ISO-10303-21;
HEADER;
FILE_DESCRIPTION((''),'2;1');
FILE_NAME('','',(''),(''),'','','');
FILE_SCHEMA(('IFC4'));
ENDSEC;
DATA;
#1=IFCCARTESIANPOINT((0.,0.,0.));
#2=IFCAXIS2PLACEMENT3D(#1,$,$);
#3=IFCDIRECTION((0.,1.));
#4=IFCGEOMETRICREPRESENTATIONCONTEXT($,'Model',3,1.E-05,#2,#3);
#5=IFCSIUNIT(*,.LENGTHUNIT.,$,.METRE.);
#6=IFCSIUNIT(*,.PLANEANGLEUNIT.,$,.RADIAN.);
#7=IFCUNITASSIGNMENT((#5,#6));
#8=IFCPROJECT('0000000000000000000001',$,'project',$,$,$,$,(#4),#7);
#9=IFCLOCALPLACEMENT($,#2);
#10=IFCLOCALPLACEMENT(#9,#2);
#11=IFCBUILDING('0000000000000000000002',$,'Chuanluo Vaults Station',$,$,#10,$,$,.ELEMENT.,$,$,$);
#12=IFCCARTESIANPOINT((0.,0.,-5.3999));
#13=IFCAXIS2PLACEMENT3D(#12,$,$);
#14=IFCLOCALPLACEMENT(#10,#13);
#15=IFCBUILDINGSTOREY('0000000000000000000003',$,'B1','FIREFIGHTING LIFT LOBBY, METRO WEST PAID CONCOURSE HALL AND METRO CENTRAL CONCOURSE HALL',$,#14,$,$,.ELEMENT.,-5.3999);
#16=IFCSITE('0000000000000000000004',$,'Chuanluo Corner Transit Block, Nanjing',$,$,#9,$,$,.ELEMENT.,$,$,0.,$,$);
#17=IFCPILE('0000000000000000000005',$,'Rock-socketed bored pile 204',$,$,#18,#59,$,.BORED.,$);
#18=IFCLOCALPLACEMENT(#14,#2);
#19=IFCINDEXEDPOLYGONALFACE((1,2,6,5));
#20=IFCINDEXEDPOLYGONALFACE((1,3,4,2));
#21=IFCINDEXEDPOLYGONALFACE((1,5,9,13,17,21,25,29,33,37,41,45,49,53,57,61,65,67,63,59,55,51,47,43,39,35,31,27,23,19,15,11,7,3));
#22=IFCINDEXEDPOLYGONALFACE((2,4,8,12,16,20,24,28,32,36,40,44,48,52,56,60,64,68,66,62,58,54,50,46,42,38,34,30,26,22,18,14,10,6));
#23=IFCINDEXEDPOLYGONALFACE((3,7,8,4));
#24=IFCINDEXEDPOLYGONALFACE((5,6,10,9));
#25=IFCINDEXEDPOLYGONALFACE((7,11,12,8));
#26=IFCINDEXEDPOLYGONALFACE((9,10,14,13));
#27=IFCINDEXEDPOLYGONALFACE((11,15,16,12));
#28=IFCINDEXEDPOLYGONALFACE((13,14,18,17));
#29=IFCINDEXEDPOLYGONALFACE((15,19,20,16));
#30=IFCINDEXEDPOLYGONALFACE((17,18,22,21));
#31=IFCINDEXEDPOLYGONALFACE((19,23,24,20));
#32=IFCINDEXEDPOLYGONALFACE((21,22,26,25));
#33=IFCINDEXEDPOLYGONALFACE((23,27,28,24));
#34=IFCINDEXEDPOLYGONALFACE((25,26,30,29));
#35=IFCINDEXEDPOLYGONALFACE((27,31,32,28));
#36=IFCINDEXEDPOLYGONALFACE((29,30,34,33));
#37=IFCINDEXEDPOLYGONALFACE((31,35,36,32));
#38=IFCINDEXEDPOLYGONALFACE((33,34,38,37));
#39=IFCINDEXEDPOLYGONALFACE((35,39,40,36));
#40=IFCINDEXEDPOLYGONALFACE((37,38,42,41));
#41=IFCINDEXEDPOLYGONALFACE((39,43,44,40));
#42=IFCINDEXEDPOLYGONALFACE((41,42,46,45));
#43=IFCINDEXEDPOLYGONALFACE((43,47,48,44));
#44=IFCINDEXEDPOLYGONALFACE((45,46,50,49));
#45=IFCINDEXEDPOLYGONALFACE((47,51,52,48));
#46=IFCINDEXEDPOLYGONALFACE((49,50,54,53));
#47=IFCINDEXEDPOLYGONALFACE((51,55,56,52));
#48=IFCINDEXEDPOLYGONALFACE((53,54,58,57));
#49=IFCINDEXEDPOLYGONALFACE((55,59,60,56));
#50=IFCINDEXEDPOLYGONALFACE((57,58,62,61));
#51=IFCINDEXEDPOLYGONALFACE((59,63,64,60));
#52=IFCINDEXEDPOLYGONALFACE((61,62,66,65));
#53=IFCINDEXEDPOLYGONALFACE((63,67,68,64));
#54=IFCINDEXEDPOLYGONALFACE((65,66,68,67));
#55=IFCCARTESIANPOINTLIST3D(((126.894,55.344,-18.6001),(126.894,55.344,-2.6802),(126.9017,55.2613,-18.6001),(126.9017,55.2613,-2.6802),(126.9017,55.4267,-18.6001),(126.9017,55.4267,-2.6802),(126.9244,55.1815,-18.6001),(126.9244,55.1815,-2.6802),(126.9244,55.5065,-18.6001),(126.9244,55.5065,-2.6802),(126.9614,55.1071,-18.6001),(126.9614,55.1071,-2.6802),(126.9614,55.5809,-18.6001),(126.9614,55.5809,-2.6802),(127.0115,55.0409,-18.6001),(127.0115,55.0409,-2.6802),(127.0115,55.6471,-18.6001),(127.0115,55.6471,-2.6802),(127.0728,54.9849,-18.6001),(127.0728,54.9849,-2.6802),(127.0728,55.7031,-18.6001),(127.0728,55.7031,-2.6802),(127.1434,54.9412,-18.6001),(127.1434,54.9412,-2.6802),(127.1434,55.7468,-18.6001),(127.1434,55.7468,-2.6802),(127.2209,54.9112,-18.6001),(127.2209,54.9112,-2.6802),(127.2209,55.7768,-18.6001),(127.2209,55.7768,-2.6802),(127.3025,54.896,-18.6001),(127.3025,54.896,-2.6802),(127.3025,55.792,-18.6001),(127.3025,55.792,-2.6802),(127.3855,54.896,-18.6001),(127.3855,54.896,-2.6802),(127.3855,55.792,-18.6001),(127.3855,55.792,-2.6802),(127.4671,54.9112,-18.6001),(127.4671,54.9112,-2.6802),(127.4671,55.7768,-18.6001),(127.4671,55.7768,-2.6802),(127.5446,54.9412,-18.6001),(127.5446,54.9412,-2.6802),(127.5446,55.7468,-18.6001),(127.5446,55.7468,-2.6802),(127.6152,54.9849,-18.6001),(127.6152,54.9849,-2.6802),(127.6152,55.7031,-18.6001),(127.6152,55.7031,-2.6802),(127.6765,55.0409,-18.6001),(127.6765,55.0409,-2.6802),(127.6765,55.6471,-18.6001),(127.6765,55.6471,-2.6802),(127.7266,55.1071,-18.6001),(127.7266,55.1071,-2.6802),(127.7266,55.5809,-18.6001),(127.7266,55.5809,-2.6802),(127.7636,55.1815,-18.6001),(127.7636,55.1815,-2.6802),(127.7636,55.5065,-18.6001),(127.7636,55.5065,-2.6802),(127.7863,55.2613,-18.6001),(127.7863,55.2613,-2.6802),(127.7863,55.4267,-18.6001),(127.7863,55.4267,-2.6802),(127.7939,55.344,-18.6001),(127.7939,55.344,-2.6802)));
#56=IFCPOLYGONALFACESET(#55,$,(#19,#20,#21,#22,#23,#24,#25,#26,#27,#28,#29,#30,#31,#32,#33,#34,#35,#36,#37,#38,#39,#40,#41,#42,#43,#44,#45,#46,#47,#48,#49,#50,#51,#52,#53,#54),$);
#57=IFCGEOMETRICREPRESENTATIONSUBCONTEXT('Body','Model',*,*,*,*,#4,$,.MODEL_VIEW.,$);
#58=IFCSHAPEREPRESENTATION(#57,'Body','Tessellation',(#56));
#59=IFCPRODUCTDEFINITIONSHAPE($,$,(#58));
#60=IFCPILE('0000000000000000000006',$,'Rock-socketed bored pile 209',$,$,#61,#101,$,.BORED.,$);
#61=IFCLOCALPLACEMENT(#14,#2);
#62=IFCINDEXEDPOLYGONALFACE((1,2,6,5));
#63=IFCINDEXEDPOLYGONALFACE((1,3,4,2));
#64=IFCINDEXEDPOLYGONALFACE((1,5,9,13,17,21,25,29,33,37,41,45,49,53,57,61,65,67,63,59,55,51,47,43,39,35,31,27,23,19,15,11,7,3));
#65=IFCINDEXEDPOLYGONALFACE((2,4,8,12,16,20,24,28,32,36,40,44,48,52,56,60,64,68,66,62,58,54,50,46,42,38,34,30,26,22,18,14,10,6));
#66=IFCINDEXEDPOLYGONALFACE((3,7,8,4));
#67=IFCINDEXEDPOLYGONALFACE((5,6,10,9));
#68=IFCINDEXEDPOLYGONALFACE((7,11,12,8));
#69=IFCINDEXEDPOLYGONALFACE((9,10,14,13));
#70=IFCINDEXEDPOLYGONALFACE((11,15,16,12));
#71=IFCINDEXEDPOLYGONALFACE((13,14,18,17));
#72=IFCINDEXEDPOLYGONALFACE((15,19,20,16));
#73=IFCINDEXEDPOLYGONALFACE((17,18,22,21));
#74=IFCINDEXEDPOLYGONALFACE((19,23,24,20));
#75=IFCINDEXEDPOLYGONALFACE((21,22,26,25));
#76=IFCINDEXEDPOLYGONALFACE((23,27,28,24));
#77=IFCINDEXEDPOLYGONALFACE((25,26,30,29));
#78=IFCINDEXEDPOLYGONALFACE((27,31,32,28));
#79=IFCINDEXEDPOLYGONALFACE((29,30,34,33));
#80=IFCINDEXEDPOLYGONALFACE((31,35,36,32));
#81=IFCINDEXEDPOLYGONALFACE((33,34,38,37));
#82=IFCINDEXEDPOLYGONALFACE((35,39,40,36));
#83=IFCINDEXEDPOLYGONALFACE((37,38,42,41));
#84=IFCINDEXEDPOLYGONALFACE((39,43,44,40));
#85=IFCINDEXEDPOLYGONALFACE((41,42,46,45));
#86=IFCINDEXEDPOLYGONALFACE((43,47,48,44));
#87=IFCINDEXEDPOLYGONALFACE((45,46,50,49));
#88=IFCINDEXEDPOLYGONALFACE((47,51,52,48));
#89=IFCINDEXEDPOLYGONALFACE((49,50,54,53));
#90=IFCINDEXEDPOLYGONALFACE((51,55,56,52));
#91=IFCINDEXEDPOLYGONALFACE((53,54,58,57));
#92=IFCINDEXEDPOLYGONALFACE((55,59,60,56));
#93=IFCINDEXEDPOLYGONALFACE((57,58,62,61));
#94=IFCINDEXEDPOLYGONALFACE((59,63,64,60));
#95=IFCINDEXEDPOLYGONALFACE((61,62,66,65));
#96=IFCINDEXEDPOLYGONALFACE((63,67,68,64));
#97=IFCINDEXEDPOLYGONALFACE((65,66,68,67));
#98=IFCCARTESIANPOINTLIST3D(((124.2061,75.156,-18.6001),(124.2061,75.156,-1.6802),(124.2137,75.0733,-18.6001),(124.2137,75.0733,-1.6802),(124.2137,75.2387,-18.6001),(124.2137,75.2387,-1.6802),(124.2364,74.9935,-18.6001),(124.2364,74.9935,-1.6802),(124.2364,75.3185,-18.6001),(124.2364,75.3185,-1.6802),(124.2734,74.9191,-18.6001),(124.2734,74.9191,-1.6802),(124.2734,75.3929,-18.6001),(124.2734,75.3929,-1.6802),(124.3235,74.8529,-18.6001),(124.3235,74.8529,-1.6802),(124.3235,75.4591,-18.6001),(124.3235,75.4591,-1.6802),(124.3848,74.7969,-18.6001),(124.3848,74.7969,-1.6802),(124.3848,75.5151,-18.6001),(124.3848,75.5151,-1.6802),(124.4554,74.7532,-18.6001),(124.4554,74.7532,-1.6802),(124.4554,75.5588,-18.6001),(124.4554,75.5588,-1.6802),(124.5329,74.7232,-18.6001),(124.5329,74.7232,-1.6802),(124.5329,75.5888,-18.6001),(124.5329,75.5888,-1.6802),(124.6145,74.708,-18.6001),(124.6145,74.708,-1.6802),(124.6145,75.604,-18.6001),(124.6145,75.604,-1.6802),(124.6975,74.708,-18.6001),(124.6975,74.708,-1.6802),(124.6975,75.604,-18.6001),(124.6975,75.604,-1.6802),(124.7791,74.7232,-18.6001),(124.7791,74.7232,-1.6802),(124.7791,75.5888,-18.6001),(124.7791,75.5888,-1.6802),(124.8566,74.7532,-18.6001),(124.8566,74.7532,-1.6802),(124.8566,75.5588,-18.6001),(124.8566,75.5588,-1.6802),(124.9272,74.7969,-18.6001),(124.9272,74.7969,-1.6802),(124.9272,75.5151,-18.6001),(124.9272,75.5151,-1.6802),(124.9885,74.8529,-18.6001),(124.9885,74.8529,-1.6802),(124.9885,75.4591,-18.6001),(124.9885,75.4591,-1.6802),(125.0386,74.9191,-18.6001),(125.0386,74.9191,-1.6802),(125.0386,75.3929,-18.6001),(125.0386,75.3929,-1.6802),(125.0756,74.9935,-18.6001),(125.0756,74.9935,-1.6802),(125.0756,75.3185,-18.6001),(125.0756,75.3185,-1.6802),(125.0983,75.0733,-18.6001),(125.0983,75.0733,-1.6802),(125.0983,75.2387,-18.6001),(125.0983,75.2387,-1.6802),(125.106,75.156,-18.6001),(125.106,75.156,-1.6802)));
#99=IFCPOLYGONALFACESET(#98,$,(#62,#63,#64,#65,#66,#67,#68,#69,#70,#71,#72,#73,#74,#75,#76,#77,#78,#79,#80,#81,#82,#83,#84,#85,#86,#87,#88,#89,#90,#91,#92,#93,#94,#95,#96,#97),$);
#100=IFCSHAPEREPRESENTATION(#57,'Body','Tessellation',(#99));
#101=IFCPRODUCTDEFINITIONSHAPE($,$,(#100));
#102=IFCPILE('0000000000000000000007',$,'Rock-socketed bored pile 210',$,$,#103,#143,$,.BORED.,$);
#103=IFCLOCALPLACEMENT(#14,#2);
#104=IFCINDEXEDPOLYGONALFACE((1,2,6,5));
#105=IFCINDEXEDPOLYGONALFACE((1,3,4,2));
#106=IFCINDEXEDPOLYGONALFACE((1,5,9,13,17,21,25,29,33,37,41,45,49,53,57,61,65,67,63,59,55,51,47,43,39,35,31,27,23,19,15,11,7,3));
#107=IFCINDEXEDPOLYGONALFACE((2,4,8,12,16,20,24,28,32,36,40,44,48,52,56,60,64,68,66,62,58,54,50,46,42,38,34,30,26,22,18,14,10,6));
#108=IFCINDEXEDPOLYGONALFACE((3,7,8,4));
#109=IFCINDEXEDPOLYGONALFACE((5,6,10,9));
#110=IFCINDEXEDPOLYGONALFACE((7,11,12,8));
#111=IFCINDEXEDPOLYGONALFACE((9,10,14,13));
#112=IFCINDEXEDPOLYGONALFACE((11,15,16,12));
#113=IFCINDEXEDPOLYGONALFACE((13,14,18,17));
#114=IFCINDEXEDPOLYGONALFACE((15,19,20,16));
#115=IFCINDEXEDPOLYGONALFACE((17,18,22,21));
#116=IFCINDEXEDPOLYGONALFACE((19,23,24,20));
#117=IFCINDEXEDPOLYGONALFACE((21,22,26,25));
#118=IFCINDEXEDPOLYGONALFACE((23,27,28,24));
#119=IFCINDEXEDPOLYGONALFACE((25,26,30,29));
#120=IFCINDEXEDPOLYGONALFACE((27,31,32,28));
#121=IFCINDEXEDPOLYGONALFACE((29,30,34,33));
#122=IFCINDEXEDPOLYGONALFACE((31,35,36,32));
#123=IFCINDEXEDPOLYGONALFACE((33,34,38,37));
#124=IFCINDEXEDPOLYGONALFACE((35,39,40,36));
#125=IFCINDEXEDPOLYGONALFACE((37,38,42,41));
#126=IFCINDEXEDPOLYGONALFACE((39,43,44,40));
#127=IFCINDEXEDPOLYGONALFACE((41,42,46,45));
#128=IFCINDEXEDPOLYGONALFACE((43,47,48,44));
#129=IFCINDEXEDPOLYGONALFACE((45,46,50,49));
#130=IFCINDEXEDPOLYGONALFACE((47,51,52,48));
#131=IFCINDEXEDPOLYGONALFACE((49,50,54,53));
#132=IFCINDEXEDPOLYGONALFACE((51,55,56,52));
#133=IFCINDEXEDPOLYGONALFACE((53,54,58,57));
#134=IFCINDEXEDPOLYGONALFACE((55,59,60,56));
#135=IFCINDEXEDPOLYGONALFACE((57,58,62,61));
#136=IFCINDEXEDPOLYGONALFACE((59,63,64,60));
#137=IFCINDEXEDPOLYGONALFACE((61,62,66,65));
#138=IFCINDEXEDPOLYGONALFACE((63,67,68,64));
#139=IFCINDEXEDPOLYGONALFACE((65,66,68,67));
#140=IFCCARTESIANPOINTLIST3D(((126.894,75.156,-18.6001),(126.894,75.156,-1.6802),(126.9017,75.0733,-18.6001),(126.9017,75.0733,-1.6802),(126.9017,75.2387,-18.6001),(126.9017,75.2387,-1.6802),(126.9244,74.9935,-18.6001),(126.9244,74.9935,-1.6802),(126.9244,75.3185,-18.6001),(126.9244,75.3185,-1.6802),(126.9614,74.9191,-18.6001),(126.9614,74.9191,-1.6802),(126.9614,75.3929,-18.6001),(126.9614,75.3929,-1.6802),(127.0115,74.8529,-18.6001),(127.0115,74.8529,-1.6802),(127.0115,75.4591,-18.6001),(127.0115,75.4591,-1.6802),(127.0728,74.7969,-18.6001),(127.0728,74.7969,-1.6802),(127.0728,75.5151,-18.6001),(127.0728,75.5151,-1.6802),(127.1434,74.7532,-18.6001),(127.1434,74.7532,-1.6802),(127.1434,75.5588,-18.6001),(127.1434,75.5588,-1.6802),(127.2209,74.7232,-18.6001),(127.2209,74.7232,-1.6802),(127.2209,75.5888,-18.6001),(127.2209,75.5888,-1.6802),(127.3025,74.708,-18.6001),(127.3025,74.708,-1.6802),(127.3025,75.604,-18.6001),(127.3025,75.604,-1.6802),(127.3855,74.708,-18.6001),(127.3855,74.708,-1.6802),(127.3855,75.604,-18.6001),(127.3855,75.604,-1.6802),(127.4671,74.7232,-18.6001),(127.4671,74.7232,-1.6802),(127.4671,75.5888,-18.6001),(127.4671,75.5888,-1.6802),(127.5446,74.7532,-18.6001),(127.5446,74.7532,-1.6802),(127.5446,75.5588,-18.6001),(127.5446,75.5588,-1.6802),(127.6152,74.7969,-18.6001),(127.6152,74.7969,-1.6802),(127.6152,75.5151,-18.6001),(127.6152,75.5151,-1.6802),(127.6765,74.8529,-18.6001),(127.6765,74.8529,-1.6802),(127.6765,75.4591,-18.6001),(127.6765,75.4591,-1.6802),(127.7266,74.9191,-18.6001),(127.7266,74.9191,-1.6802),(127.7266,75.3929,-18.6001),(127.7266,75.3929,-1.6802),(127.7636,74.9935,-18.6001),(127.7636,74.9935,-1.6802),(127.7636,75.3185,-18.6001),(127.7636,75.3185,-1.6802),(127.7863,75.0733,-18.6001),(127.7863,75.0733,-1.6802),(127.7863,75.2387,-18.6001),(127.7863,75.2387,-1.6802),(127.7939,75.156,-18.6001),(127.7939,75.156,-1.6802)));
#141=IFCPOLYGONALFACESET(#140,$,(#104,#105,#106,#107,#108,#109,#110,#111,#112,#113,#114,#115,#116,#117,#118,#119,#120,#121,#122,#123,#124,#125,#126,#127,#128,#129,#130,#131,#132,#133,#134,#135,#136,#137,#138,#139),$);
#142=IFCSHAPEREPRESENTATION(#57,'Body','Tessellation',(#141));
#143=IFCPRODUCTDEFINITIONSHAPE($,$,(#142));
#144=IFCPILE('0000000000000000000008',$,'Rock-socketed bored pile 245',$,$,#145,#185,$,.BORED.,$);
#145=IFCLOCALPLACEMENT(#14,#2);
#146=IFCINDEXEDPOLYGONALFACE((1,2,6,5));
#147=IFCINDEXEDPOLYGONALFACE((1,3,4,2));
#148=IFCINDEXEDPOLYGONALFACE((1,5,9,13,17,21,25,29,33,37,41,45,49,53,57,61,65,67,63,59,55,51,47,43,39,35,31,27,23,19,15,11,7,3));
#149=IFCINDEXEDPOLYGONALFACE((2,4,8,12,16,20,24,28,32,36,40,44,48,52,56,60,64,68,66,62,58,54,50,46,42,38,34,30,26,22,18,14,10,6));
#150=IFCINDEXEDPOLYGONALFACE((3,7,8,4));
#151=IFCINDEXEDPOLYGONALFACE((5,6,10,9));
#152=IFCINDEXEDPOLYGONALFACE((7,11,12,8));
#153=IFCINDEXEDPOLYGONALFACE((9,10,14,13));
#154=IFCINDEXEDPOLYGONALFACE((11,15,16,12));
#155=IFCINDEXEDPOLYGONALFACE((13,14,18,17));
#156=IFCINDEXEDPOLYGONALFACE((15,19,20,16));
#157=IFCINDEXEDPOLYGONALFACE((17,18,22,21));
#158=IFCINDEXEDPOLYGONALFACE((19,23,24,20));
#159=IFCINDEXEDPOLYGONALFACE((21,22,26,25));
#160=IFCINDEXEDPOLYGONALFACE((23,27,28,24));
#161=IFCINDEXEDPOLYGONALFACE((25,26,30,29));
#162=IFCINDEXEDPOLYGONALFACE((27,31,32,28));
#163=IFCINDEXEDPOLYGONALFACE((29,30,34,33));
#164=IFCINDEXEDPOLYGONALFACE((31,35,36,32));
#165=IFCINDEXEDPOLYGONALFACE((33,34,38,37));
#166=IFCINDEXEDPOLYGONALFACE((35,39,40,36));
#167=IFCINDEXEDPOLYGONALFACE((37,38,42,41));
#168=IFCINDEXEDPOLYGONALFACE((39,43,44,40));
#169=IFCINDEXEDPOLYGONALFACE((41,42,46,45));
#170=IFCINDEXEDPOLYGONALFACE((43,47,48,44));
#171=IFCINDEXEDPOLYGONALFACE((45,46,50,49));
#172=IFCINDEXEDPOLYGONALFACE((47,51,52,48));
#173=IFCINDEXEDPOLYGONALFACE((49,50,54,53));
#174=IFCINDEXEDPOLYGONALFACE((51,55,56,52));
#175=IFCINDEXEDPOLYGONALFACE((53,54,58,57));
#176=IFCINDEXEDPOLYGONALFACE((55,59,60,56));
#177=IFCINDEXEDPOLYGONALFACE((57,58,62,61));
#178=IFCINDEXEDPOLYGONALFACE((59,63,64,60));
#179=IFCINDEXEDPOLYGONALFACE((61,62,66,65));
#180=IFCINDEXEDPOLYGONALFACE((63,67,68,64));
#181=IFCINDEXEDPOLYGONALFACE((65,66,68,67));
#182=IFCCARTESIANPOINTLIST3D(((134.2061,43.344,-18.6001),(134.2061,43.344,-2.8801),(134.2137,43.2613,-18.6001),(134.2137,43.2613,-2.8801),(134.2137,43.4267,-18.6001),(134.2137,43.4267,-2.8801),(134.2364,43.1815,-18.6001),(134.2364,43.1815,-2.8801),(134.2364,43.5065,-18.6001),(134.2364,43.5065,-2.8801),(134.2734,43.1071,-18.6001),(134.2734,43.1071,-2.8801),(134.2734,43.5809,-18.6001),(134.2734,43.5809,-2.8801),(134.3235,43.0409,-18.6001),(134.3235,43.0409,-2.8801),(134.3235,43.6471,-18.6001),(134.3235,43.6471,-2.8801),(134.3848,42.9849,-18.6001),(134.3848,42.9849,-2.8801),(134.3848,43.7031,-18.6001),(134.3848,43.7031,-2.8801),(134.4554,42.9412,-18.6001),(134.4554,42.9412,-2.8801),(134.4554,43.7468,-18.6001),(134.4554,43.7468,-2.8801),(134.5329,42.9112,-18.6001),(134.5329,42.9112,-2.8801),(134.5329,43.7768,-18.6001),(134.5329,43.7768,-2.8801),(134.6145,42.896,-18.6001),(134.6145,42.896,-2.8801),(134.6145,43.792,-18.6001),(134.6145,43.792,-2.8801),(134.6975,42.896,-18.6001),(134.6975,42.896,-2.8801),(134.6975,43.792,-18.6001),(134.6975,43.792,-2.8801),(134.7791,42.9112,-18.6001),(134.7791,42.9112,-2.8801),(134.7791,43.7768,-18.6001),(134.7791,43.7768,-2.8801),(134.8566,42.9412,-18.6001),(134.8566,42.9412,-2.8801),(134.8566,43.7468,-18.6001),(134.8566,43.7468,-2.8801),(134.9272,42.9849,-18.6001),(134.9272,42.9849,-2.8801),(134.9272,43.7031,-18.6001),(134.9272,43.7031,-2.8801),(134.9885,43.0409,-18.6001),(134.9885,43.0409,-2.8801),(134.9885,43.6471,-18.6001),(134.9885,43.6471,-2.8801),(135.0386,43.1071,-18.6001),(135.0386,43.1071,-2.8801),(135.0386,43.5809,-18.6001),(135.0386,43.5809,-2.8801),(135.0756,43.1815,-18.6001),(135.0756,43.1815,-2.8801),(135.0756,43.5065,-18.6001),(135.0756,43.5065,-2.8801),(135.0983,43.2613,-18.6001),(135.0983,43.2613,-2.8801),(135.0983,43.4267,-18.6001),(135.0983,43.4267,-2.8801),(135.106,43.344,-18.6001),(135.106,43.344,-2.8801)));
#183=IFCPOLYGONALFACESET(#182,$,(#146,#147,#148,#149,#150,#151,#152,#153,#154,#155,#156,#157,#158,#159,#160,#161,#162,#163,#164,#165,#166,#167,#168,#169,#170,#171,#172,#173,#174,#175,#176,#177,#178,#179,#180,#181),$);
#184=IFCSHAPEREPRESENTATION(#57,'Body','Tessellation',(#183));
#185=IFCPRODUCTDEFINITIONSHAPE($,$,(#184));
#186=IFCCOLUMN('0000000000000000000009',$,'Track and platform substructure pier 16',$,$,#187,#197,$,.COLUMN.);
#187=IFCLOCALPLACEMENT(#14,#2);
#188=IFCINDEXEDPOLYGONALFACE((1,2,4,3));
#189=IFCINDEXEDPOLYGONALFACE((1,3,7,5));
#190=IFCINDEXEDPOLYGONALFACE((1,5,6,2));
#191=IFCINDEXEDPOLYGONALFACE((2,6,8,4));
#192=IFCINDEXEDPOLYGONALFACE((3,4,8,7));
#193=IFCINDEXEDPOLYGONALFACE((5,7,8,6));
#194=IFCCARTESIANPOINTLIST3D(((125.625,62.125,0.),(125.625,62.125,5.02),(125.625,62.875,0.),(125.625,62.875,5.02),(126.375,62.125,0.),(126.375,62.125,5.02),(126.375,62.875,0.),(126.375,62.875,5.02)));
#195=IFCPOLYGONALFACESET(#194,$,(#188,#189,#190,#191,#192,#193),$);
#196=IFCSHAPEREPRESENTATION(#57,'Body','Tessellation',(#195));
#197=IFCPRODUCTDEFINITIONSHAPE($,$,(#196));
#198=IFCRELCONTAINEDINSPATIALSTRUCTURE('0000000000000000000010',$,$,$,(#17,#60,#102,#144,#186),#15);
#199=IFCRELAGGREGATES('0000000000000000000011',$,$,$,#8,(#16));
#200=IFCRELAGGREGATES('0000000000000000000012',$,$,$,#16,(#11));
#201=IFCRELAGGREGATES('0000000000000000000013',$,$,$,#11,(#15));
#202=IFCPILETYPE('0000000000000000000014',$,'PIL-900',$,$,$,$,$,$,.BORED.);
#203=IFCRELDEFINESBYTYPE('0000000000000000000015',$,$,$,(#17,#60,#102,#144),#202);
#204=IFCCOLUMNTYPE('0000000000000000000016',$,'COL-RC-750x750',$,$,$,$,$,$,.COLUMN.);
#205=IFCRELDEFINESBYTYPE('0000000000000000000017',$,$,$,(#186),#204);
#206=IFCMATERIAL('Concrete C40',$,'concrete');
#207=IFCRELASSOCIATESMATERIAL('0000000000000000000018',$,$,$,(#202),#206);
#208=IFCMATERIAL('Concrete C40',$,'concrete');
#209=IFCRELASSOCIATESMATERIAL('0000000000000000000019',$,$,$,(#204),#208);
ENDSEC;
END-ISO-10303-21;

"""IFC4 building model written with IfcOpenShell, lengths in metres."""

from ifc_helpers import new_model, si_unit, direction, frame, origin, origin_2d, place, context, subcontext, project, spatial, rectangle, circle, extrude, material, material_profile, profile_set, type_object, element, save


model = new_model("IFC4")

# Units and contexts
model_context = context("Model", 3, precision=1e-05, world=origin(), true_north=direction((0.0, 1.0)))
body_context = subcontext(model_context, "Body", "Model", "MODEL_VIEW")
ifc_project = project(units=[si_unit("LENGTHUNIT", "METRE"), si_unit("PLANEANGLEUNIT", "RADIAN")], contexts=[model_context])

# Site, building, storey
site_placement = place(None, origin())
site = spatial("IfcSite", under=ifc_project, at=site_placement, Name="Chuanluo Corner Transit Block, Nanjing", CompositionType="ELEMENT", RefElevation=0.0)
building_placement = place(site_placement, origin())
building = spatial("IfcBuilding", under=site, at=building_placement, Name="Chuanluo Vaults Station", CompositionType="ELEMENT")
storey_placement = place(building_placement, frame((0.0, 0.0, -5.3999)))
storey = spatial("IfcBuildingStorey", under=building, at=storey_placement, Name="B1", Description="FIREFIGHTING LIFT LOBBY, METRO WEST PAID CONCOURSE HALL AND METRO CENTRAL CONCOURSE HALL", CompositionType="ELEMENT", Elevation=-5.3999)

# Piles
ifc_material_1 = material(Name="Concrete C40", Category="concrete")
ifc_material_profile_1 = material_profile(ifc_material_1, circle(Radius=0.45, at=origin_2d()))
ifc_profile_set_1 = profile_set([ifc_material_profile_1], Name="Concrete C40")
pile_type_1 = type_object("IfcPileType", Name="PIL-900", PredefinedType="BORED", material=ifc_profile_set_1)
for number, where, z_axis, x_axis, name in (
    (1, (127.344, 55.344, -2.6802), (0.0, 0.0, -1.0), (1.0, 0.0, 0.0), "Rock-socketed bored pile 204"),
):
    element("IfcPile", number, at=place(storey_placement, frame(where, z_axis=z_axis, x_axis=x_axis)), inside=storey, type_object=pile_type_1, Name=name, PredefinedType="BORED", context=body_context, shape_type="SweptSolid", body=[
        extrude(circle(Radius=0.45, at=origin_2d()), origin(), (0.0, 0.0, 1.0), 15.9199),
    ])
for number, where, z_axis, x_axis, name in (
    (2, (124.656, 75.156, -1.6802), (0.0, 0.0, -1.0), (1.0, 0.0, 0.0), "Rock-socketed bored pile 209"),
    (3, (127.344, 75.156, -1.6802), (0.0, 0.0, -1.0), (1.0, 0.0, 0.0), "Rock-socketed bored pile 210"),
):
    element("IfcPile", number, at=place(storey_placement, frame(where, z_axis=z_axis, x_axis=x_axis)), inside=storey, type_object=pile_type_1, Name=name, PredefinedType="BORED", context=body_context, shape_type="SweptSolid", body=[
        extrude(circle(Radius=0.45, at=origin_2d()), origin(), (0.0, 0.0, 1.0), 16.9199),
    ])
pile_placement = place(storey_placement, frame((134.656, 43.344, -2.8801), z_axis=(0.0, 0.0, -1.0), x_axis=(1.0, 0.0, 0.0)))
element("IfcPile", 4, at=pile_placement, inside=storey, type_object=pile_type_1, Name="Rock-socketed bored pile 245", PredefinedType="BORED", context=body_context, shape_type="SweptSolid", body=[
    extrude(circle(Radius=0.45, at=origin_2d()), origin(), (0.0, 0.0, 1.0), 15.72),
])

# Column
ifc_material_2 = material(Name="Concrete C40", Category="concrete")
ifc_material_profile_2 = material_profile(ifc_material_2, rectangle(XDim=0.75, YDim=0.75, at=origin_2d()))
ifc_profile_set_2 = profile_set([ifc_material_profile_2], Name="Concrete C40")
column_type_1 = type_object("IfcColumnType", Name="COL-RC-750x750", PredefinedType="COLUMN", material=ifc_profile_set_2)
column_placement = place(storey_placement, frame((126.0, 62.5, 0.0), z_axis=(0.0, 0.0, 1.0), x_axis=(1.0, 0.0, 0.0)))
element("IfcColumn", 5, at=column_placement, inside=storey, type_object=column_type_1, Name="Track and platform substructure pier 16", PredefinedType="COLUMN", context=body_context, shape_type="SweptSolid", body=[
    extrude(rectangle(XDim=0.75, YDim=0.75, at=origin_2d()), origin(), (0.0, 0.0, 1.0), 5.02),
])

save(model, "model.ifc")
